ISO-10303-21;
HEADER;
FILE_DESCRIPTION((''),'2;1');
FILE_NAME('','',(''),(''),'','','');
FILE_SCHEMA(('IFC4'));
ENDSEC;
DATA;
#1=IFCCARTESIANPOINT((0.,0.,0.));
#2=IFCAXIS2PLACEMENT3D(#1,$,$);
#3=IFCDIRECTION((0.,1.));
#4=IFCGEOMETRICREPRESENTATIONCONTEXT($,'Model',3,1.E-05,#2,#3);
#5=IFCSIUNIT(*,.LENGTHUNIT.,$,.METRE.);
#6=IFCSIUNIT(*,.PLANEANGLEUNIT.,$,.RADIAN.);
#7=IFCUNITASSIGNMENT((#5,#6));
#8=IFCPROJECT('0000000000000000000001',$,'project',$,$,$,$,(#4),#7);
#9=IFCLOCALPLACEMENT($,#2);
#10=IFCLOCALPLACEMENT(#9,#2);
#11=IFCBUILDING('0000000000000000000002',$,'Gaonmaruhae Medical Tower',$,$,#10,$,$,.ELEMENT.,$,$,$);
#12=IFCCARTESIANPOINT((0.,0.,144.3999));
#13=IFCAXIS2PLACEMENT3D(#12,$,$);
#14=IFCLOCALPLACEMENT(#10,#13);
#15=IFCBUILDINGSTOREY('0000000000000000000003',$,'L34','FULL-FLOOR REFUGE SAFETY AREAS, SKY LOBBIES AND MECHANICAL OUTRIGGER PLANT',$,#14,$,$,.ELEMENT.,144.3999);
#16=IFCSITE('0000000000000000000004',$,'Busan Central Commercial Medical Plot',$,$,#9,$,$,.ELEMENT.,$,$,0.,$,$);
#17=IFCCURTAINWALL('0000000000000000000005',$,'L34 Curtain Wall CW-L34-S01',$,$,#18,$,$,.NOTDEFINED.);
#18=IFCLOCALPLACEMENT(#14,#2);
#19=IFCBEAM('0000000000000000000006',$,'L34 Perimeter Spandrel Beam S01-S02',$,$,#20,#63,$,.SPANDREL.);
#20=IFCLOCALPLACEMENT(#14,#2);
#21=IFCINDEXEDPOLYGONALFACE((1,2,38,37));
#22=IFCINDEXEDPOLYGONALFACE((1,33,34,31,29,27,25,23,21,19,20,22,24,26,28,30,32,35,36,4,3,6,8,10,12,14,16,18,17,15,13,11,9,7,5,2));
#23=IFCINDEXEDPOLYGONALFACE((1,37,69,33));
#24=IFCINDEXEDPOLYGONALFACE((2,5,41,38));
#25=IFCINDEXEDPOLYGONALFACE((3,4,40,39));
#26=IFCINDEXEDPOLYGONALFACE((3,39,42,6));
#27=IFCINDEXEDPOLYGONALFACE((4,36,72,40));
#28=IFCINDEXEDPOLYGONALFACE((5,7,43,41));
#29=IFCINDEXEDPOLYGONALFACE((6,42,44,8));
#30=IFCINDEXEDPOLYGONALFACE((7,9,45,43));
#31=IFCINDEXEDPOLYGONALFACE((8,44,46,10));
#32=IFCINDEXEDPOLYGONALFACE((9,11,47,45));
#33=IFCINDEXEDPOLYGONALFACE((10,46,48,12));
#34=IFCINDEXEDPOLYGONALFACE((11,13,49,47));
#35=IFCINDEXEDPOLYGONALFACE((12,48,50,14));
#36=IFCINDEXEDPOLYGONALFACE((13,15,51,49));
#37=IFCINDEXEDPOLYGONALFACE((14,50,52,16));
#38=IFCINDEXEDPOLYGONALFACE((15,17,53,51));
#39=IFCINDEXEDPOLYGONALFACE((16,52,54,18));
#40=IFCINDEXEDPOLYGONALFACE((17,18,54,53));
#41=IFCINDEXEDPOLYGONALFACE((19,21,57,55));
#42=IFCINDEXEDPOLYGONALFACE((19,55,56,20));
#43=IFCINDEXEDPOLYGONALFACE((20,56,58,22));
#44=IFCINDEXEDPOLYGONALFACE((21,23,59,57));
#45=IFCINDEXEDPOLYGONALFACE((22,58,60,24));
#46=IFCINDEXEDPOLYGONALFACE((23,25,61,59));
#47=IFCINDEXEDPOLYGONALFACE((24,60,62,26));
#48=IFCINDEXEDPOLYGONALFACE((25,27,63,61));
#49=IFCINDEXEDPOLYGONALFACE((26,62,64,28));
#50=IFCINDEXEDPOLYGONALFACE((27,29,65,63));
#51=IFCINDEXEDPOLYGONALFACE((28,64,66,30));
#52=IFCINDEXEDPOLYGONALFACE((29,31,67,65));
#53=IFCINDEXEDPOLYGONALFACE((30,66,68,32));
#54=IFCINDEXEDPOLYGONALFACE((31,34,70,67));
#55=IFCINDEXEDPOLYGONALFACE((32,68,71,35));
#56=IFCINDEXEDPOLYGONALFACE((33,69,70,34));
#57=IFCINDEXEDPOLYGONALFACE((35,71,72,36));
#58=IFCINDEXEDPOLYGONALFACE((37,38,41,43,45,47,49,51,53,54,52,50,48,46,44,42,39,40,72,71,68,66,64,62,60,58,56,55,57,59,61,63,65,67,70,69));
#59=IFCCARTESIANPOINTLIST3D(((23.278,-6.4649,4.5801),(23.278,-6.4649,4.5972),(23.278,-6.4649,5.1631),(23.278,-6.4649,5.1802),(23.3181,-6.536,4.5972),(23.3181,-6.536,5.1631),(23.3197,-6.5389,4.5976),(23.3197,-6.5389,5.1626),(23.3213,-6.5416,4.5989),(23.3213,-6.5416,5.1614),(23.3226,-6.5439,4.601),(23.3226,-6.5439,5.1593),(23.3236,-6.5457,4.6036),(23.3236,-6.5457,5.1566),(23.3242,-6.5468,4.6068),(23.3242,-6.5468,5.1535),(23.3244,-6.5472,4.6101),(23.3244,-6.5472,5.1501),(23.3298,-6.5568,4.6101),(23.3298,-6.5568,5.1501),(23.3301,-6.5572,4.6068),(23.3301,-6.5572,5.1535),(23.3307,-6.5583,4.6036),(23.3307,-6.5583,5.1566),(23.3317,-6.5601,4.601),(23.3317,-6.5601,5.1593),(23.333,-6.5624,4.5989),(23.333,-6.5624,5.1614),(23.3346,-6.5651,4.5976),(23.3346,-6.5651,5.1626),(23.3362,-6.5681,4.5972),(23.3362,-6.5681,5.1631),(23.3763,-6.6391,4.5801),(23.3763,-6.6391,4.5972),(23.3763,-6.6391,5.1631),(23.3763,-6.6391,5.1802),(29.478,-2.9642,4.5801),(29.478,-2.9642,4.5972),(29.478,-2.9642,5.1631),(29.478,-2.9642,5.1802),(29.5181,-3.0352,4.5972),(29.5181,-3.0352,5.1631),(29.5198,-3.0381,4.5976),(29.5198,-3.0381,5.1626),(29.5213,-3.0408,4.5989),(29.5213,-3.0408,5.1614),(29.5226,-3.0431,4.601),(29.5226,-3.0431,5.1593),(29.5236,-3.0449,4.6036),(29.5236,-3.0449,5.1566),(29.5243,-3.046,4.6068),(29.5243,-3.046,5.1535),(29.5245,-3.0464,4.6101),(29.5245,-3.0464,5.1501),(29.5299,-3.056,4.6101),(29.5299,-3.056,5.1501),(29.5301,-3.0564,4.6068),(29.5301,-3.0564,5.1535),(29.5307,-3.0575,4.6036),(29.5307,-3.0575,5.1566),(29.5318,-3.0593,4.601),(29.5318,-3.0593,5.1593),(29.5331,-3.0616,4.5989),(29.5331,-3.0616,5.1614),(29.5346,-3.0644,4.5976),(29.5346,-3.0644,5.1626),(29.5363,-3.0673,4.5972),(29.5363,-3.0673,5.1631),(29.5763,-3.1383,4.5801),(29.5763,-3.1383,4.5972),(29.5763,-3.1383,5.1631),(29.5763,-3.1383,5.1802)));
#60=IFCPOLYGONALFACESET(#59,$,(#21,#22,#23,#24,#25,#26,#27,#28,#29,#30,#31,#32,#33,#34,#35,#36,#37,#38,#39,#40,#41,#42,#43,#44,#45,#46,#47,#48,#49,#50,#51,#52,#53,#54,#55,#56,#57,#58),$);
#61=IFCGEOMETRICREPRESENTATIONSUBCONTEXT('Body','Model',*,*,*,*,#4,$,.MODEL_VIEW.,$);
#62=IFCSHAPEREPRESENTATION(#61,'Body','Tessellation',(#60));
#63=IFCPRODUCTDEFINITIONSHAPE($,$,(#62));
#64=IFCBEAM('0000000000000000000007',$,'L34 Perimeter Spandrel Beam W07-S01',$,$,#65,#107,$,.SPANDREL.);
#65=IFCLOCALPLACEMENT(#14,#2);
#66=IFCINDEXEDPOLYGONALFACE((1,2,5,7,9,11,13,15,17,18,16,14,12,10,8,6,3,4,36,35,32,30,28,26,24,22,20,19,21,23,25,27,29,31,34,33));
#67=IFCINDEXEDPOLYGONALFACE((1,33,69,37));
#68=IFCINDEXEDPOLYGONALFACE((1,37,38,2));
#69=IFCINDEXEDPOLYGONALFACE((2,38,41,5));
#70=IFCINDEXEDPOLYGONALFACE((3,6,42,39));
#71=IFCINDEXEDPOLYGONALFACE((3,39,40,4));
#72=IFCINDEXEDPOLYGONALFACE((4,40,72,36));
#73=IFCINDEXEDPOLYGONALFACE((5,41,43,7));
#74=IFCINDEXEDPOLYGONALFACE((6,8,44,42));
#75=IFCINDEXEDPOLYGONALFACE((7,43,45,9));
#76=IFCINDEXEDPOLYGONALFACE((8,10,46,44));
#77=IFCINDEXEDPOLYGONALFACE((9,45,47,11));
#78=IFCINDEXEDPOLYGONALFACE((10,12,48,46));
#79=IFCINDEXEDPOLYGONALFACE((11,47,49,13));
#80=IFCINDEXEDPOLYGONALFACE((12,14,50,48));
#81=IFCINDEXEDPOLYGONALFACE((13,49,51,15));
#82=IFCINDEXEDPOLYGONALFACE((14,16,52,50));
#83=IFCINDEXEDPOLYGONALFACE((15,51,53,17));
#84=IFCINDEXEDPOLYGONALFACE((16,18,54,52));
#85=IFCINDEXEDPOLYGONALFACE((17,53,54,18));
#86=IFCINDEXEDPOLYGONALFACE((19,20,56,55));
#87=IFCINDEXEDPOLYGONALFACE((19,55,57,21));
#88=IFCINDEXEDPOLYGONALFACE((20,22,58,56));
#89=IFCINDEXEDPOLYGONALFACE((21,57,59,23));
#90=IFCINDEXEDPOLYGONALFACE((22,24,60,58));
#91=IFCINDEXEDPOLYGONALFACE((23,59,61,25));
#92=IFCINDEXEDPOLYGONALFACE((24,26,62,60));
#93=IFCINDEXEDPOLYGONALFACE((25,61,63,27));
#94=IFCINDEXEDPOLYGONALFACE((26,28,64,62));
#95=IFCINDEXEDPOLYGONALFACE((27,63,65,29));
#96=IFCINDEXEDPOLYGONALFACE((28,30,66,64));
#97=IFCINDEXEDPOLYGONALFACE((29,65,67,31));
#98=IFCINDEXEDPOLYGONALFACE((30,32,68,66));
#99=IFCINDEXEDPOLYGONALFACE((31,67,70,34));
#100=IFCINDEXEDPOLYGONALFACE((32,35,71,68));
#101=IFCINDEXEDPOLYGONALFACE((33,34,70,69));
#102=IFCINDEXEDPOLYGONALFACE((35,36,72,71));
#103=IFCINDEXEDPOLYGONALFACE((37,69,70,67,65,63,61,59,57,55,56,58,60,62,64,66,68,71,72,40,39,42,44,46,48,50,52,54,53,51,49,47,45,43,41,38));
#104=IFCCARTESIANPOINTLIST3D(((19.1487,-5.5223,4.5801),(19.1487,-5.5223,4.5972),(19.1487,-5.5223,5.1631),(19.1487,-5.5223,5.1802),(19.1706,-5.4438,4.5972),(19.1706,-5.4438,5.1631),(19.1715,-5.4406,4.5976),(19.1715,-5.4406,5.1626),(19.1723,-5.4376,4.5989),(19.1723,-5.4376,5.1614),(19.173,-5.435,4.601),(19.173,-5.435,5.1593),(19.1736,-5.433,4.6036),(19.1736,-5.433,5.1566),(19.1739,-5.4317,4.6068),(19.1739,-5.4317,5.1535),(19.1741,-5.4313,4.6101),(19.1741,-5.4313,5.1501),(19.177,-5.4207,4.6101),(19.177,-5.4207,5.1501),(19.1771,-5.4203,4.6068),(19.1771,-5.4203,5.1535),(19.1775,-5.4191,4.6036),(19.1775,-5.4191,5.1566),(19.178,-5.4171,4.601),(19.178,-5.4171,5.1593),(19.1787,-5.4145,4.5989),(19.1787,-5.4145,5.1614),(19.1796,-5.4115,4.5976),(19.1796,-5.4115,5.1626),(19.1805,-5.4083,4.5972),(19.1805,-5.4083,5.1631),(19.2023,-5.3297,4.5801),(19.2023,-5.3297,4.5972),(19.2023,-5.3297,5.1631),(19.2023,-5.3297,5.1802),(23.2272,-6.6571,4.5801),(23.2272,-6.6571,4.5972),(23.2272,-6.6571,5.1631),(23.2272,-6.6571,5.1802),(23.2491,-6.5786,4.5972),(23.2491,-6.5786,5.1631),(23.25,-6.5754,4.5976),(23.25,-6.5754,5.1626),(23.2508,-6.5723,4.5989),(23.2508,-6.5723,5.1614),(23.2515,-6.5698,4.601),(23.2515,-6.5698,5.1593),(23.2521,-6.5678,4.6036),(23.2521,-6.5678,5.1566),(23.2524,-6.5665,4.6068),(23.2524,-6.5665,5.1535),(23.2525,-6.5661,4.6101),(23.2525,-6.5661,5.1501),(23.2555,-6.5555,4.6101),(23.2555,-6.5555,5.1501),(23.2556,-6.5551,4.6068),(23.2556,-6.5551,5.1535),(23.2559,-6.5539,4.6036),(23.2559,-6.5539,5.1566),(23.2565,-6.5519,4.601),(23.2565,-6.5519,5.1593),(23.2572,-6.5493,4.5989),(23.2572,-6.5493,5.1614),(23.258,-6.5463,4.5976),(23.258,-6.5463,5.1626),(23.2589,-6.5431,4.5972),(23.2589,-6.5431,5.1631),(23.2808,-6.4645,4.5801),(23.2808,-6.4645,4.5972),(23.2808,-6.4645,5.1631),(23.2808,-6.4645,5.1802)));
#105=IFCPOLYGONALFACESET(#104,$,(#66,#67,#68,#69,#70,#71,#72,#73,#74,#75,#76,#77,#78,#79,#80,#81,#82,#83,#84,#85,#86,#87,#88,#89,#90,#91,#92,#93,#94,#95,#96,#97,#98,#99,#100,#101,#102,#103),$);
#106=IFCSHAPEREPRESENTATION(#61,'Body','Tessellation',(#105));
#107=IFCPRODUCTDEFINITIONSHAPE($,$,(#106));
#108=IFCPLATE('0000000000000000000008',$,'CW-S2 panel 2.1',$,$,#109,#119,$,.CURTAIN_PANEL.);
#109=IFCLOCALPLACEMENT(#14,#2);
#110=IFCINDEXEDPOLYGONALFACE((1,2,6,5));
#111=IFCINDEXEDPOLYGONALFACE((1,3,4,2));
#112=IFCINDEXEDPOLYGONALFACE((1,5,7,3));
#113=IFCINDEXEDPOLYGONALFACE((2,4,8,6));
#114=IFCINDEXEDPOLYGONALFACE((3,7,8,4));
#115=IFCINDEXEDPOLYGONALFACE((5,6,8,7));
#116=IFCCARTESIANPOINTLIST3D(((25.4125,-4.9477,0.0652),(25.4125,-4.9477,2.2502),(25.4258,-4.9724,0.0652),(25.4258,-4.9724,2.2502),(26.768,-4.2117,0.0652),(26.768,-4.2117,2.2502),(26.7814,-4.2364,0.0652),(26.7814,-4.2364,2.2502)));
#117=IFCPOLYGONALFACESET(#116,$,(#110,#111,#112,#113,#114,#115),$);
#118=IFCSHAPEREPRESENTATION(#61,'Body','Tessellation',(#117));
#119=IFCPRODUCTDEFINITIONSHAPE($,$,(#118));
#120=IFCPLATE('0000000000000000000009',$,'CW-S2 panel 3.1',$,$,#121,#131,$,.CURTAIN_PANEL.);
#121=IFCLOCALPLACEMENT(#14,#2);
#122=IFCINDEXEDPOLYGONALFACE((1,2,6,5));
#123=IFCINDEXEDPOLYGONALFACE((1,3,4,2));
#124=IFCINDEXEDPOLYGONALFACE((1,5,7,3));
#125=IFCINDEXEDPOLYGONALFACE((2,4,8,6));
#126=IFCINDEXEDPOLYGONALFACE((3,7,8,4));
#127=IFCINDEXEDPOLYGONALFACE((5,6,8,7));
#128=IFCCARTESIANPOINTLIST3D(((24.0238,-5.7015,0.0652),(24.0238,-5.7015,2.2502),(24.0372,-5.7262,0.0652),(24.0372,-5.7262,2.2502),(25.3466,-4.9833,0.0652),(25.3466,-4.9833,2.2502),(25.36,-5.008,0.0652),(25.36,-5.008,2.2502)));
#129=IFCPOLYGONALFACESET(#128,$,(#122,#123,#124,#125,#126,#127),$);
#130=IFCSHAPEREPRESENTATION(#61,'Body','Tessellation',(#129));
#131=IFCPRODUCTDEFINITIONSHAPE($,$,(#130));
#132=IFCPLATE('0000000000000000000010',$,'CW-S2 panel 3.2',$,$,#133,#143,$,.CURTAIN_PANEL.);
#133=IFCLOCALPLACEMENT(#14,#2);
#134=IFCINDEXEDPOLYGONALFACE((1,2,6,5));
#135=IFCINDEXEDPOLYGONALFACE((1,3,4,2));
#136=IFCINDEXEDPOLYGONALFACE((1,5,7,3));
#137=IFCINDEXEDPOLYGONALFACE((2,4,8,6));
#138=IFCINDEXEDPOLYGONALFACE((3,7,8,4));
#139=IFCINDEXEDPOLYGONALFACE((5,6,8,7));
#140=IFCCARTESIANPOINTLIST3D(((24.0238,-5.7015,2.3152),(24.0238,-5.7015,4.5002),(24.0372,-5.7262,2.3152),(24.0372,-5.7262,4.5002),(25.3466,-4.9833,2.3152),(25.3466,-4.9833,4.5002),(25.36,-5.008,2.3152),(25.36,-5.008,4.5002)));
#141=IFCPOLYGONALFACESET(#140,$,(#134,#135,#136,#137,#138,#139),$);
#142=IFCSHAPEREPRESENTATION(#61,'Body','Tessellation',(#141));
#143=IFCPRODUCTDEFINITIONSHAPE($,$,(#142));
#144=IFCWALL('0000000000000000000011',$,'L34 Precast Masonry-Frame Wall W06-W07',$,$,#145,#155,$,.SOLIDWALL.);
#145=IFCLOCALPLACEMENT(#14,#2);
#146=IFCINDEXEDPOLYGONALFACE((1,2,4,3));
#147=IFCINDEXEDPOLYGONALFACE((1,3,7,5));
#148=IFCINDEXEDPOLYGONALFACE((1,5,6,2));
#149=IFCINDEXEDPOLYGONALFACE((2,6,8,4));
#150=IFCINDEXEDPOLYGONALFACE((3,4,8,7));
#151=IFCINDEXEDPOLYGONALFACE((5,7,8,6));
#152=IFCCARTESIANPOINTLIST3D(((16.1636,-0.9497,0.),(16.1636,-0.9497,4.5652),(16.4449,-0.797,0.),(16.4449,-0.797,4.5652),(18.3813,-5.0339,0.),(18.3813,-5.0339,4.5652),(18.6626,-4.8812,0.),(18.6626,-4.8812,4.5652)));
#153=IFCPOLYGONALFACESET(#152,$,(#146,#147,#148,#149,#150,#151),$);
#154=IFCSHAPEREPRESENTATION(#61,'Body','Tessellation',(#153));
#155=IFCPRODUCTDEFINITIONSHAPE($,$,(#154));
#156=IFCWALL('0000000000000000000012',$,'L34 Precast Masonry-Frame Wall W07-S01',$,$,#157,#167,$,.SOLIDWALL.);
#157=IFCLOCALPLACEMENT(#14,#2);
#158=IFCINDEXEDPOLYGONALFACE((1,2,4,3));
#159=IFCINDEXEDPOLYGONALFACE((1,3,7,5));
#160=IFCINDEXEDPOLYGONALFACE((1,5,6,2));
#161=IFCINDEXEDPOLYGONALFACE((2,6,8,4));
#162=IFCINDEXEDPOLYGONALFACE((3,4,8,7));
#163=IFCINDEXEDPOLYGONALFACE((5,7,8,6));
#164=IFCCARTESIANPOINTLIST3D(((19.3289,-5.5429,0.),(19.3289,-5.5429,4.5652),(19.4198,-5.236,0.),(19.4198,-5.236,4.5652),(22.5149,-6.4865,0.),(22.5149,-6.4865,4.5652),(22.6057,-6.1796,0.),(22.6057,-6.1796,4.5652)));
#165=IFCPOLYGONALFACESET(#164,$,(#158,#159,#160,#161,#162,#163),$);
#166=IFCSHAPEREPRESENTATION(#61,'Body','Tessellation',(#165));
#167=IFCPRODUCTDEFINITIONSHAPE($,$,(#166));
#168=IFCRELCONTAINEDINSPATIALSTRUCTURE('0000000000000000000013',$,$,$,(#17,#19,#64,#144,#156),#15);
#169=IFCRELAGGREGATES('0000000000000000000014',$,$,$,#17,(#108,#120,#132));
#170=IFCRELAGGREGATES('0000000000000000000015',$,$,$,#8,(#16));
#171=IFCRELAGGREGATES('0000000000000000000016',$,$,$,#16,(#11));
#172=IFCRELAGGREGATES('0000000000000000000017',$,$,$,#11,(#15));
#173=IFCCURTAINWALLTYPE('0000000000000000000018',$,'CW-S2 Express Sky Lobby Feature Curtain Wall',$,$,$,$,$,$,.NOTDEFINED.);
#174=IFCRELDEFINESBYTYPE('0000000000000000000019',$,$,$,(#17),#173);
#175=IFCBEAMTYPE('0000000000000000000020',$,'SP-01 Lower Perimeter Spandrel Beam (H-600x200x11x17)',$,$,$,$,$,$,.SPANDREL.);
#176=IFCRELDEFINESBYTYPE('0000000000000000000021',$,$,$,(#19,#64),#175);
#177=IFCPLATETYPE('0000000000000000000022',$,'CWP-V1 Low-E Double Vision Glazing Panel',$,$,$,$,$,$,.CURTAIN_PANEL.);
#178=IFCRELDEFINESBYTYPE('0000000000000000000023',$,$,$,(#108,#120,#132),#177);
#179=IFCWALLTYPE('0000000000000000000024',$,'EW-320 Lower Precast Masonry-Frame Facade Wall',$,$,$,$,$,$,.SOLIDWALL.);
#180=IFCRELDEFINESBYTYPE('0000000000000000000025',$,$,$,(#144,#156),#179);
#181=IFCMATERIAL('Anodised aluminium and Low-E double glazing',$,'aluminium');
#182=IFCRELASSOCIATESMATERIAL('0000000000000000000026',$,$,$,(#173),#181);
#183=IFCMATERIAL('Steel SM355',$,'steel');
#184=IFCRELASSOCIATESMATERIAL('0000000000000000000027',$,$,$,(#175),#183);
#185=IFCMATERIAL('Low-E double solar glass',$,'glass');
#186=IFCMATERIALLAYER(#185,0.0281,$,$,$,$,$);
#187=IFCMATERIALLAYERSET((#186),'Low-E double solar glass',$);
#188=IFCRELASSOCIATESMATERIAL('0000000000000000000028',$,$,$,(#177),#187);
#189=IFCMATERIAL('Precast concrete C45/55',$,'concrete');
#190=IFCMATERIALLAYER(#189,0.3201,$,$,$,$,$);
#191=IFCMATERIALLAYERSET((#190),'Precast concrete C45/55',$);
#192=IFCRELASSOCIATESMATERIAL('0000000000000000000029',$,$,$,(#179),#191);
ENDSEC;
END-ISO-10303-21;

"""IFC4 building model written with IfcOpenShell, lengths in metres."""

from ifc_helpers import new_model, si_unit, direction, frame, frame_2d, origin, origin_2d, place, context, subcontext, project, spatial, rectangle, i_section, extrude, material, layer, layer_set, material_profile, profile_set, type_object, element, aggregate, save


model = new_model("IFC4")

# Units and contexts
model_context = context("Model", 3, precision=1e-05, world=origin(), true_north=direction((0.0, 1.0)))
body_context = subcontext(model_context, "Body", "Model", "MODEL_VIEW")
ifc_project = project(units=[si_unit("LENGTHUNIT", "METRE"), si_unit("PLANEANGLEUNIT", "RADIAN")], contexts=[model_context])

# Site, building, storey
site_placement = place(None, origin())
site = spatial("IfcSite", under=ifc_project, at=site_placement, Name="Busan Central Commercial Medical Plot", CompositionType="ELEMENT", RefElevation=0.0)
building_placement = place(site_placement, origin())
building = spatial("IfcBuilding", under=site, at=building_placement, Name="Gaonmaruhae Medical Tower", CompositionType="ELEMENT")
storey_placement = place(building_placement, frame((0.0, 0.0, 144.3999)))
storey = spatial("IfcBuildingStorey", under=building, at=storey_placement, Name="L34", Description="FULL-FLOOR REFUGE SAFETY AREAS, SKY LOBBIES AND MECHANICAL OUTRIGGER PLANT", CompositionType="ELEMENT", Elevation=144.3999)

# Curtain wall
ifc_material_1 = material(Name="Anodised aluminium and Low-E double glazing", Category="aluminium")
curtain_wall_type = type_object("IfcCurtainWallType", Name="CW-S2 Express Sky Lobby Feature Curtain Wall", PredefinedType="NOTDEFINED", material=ifc_material_1)
curtain_wall_placement = place(storey_placement, origin())
curtain_wall = element("IfcCurtainWall", 1, at=curtain_wall_placement, inside=storey, type_object=curtain_wall_type, Name="L34 Curtain Wall CW-L34-S01", PredefinedType="NOTDEFINED")

# Beams
ifc_material_2 = material(Name="Steel SM355", Category="steel")
ifc_material_profile_1 = material_profile(ifc_material_2, i_section(OverallWidth=0.2, OverallDepth=0.6001, WebThickness=0.011, FlangeThickness=0.0171, FilletRadius=0.0129, at=origin_2d()), Name="H-600x200x11x17")
ifc_profile_set_1 = profile_set([ifc_material_profile_1], Name="Steel SM355")
beam_type_1 = type_object("IfcBeamType", Name="SP-01 Lower Perimeter Spandrel Beam (H-600x200x11x17)", PredefinedType="SPANDREL", material=ifc_profile_set_1)
beam_1_placement = place(storey_placement, frame((23.3271, -6.552, 4.8801), z_axis=(0.870779, 0.491675, 0.0), x_axis=(-0.491675, 0.870779, 0.0)))
element("IfcBeam", 2, at=beam_1_placement, inside=storey, type_object=beam_type_1, Name="L34 Perimeter Spandrel Beam S01-S02", PredefinedType="SPANDREL", context=body_context, shape_type="SweptSolid", body=[
    extrude(i_section(OverallWidth=0.2, OverallDepth=0.6001, WebThickness=0.011, FlangeThickness=0.0171, FilletRadius=0.0129, at=origin_2d()), origin(), (0.0, 0.0, 1.0), 7.1201),
])
beam_2_placement = place(storey_placement, frame((19.1755, -5.426, 4.8801), z_axis=(0.963403, -0.268057, 0.0), x_axis=(0.268057, 0.963403, 0.0)))
element("IfcBeam", 3, at=beam_2_placement, inside=storey, type_object=beam_type_1, Name="L34 Perimeter Spandrel Beam W07-S01", PredefinedType="SPANDREL", context=body_context, shape_type="SweptSolid", body=[
    extrude(i_section(OverallWidth=0.2, OverallDepth=0.6001, WebThickness=0.011, FlangeThickness=0.0171, FilletRadius=0.0129, at=origin_2d()), origin(), (0.0, 0.0, 1.0), 4.2334),
])

# Plates
ifc_material_3 = material(Name="Low-E double solar glass", Category="glass")
ifc_layer_1 = layer(ifc_material_3, 0.0281)
ifc_layer_set_1 = layer_set([ifc_layer_1], Name="Low-E double solar glass")
plate_type = type_object("IfcPlateType", Name="CWP-V1 Low-E Double Vision Glazing Panel", PredefinedType="CURTAIN_PANEL", material=ifc_layer_set_1)
plate_1_placement = place(storey_placement, frame((26.0969, -4.592, 0.0652), z_axis=(0.0, 0.0, 1.0), x_axis=(-0.878811, -0.477169, 0.0)))
plate_1 = element("IfcPlate", 4, at=plate_1_placement, type_object=plate_type, Name="CW-S2 panel 2.1", PredefinedType="CURTAIN_PANEL", context=body_context, shape_type="SweptSolid", body=[
    extrude(rectangle(XDim=1.5425, YDim=0.0281, at=origin_2d()), origin(), (0.0, 0.0, 1.0), 2.1851),
])
plate_2_placement = place(storey_placement, frame((24.6919, -5.3547, 0.0652), z_axis=(0.0, 0.0, 1.0), x_axis=(-0.878811, -0.477169, 0.0)))
plate_2 = element("IfcPlate", 5, at=plate_2_placement, type_object=plate_type, Name="CW-S2 panel 3.1", PredefinedType="CURTAIN_PANEL", context=body_context, shape_type="SweptSolid", body=[
    extrude(rectangle(XDim=1.5051, YDim=0.0281, at=origin_2d()), origin(), (0.0, 0.0, 1.0), 2.1851),
])
plate_3_placement = place(storey_placement, frame((24.6919, -5.3547, 2.3152), z_axis=(0.0, 0.0, 1.0), x_axis=(-0.878811, -0.477169, 0.0)))
plate_3 = element("IfcPlate", 6, at=plate_3_placement, type_object=plate_type, Name="CW-S2 panel 3.2", PredefinedType="CURTAIN_PANEL", context=body_context, shape_type="SweptSolid", body=[
    extrude(rectangle(XDim=1.5051, YDim=0.0281, at=origin_2d()), origin(), (0.0, 0.0, 1.0), 2.1851),
])
aggregate(curtain_wall, [plate_1, plate_2, plate_3])

# Walls
ifc_material_4 = material(Name="Precast concrete C45/55", Category="concrete")
ifc_layer_2 = layer(ifc_material_4, 0.3201)
ifc_layer_set_2 = layer_set([ifc_layer_2], Name="Precast concrete C45/55")
wall_type = type_object("IfcWallType", Name="EW-320 Lower Precast Masonry-Frame Facade Wall", PredefinedType="SOLIDWALL", material=ifc_layer_set_2)
wall_1_placement = place(storey_placement, frame((18.522, -4.9575, 0.0), z_axis=(0.0, 0.0, 1.0), x_axis=(-0.477195, 0.878797, 0.0)))
element("IfcWall", 7, at=wall_1_placement, inside=storey, type_object=wall_type, Name="L34 Precast Masonry-Frame Wall W06-W07", PredefinedType="SOLIDWALL", context=body_context, shape_type="SweptSolid", body=[
    extrude(rectangle(XDim=4.6475, YDim=0.3201, at=frame_2d((2.3237, 0.0))), origin(), (0.0, 0.0, 1.0), 4.5652),
])
wall_2_placement = place(storey_placement, frame((22.5603, -6.333, 0.0), z_axis=(0.0, 0.0, 1.0), x_axis=(-0.958831, 0.283976, 0.0)))
element("IfcWall", 8, at=wall_2_placement, inside=storey, type_object=wall_type, Name="L34 Precast Masonry-Frame Wall W07-S01", PredefinedType="SOLIDWALL", context=body_context, shape_type="SweptSolid", body=[
    extrude(rectangle(XDim=3.3228, YDim=0.3201, at=frame_2d((1.6614, 0.0))), origin(), (0.0, 0.0, 1.0), 4.5652),
])

save(model, "model.ifc")
